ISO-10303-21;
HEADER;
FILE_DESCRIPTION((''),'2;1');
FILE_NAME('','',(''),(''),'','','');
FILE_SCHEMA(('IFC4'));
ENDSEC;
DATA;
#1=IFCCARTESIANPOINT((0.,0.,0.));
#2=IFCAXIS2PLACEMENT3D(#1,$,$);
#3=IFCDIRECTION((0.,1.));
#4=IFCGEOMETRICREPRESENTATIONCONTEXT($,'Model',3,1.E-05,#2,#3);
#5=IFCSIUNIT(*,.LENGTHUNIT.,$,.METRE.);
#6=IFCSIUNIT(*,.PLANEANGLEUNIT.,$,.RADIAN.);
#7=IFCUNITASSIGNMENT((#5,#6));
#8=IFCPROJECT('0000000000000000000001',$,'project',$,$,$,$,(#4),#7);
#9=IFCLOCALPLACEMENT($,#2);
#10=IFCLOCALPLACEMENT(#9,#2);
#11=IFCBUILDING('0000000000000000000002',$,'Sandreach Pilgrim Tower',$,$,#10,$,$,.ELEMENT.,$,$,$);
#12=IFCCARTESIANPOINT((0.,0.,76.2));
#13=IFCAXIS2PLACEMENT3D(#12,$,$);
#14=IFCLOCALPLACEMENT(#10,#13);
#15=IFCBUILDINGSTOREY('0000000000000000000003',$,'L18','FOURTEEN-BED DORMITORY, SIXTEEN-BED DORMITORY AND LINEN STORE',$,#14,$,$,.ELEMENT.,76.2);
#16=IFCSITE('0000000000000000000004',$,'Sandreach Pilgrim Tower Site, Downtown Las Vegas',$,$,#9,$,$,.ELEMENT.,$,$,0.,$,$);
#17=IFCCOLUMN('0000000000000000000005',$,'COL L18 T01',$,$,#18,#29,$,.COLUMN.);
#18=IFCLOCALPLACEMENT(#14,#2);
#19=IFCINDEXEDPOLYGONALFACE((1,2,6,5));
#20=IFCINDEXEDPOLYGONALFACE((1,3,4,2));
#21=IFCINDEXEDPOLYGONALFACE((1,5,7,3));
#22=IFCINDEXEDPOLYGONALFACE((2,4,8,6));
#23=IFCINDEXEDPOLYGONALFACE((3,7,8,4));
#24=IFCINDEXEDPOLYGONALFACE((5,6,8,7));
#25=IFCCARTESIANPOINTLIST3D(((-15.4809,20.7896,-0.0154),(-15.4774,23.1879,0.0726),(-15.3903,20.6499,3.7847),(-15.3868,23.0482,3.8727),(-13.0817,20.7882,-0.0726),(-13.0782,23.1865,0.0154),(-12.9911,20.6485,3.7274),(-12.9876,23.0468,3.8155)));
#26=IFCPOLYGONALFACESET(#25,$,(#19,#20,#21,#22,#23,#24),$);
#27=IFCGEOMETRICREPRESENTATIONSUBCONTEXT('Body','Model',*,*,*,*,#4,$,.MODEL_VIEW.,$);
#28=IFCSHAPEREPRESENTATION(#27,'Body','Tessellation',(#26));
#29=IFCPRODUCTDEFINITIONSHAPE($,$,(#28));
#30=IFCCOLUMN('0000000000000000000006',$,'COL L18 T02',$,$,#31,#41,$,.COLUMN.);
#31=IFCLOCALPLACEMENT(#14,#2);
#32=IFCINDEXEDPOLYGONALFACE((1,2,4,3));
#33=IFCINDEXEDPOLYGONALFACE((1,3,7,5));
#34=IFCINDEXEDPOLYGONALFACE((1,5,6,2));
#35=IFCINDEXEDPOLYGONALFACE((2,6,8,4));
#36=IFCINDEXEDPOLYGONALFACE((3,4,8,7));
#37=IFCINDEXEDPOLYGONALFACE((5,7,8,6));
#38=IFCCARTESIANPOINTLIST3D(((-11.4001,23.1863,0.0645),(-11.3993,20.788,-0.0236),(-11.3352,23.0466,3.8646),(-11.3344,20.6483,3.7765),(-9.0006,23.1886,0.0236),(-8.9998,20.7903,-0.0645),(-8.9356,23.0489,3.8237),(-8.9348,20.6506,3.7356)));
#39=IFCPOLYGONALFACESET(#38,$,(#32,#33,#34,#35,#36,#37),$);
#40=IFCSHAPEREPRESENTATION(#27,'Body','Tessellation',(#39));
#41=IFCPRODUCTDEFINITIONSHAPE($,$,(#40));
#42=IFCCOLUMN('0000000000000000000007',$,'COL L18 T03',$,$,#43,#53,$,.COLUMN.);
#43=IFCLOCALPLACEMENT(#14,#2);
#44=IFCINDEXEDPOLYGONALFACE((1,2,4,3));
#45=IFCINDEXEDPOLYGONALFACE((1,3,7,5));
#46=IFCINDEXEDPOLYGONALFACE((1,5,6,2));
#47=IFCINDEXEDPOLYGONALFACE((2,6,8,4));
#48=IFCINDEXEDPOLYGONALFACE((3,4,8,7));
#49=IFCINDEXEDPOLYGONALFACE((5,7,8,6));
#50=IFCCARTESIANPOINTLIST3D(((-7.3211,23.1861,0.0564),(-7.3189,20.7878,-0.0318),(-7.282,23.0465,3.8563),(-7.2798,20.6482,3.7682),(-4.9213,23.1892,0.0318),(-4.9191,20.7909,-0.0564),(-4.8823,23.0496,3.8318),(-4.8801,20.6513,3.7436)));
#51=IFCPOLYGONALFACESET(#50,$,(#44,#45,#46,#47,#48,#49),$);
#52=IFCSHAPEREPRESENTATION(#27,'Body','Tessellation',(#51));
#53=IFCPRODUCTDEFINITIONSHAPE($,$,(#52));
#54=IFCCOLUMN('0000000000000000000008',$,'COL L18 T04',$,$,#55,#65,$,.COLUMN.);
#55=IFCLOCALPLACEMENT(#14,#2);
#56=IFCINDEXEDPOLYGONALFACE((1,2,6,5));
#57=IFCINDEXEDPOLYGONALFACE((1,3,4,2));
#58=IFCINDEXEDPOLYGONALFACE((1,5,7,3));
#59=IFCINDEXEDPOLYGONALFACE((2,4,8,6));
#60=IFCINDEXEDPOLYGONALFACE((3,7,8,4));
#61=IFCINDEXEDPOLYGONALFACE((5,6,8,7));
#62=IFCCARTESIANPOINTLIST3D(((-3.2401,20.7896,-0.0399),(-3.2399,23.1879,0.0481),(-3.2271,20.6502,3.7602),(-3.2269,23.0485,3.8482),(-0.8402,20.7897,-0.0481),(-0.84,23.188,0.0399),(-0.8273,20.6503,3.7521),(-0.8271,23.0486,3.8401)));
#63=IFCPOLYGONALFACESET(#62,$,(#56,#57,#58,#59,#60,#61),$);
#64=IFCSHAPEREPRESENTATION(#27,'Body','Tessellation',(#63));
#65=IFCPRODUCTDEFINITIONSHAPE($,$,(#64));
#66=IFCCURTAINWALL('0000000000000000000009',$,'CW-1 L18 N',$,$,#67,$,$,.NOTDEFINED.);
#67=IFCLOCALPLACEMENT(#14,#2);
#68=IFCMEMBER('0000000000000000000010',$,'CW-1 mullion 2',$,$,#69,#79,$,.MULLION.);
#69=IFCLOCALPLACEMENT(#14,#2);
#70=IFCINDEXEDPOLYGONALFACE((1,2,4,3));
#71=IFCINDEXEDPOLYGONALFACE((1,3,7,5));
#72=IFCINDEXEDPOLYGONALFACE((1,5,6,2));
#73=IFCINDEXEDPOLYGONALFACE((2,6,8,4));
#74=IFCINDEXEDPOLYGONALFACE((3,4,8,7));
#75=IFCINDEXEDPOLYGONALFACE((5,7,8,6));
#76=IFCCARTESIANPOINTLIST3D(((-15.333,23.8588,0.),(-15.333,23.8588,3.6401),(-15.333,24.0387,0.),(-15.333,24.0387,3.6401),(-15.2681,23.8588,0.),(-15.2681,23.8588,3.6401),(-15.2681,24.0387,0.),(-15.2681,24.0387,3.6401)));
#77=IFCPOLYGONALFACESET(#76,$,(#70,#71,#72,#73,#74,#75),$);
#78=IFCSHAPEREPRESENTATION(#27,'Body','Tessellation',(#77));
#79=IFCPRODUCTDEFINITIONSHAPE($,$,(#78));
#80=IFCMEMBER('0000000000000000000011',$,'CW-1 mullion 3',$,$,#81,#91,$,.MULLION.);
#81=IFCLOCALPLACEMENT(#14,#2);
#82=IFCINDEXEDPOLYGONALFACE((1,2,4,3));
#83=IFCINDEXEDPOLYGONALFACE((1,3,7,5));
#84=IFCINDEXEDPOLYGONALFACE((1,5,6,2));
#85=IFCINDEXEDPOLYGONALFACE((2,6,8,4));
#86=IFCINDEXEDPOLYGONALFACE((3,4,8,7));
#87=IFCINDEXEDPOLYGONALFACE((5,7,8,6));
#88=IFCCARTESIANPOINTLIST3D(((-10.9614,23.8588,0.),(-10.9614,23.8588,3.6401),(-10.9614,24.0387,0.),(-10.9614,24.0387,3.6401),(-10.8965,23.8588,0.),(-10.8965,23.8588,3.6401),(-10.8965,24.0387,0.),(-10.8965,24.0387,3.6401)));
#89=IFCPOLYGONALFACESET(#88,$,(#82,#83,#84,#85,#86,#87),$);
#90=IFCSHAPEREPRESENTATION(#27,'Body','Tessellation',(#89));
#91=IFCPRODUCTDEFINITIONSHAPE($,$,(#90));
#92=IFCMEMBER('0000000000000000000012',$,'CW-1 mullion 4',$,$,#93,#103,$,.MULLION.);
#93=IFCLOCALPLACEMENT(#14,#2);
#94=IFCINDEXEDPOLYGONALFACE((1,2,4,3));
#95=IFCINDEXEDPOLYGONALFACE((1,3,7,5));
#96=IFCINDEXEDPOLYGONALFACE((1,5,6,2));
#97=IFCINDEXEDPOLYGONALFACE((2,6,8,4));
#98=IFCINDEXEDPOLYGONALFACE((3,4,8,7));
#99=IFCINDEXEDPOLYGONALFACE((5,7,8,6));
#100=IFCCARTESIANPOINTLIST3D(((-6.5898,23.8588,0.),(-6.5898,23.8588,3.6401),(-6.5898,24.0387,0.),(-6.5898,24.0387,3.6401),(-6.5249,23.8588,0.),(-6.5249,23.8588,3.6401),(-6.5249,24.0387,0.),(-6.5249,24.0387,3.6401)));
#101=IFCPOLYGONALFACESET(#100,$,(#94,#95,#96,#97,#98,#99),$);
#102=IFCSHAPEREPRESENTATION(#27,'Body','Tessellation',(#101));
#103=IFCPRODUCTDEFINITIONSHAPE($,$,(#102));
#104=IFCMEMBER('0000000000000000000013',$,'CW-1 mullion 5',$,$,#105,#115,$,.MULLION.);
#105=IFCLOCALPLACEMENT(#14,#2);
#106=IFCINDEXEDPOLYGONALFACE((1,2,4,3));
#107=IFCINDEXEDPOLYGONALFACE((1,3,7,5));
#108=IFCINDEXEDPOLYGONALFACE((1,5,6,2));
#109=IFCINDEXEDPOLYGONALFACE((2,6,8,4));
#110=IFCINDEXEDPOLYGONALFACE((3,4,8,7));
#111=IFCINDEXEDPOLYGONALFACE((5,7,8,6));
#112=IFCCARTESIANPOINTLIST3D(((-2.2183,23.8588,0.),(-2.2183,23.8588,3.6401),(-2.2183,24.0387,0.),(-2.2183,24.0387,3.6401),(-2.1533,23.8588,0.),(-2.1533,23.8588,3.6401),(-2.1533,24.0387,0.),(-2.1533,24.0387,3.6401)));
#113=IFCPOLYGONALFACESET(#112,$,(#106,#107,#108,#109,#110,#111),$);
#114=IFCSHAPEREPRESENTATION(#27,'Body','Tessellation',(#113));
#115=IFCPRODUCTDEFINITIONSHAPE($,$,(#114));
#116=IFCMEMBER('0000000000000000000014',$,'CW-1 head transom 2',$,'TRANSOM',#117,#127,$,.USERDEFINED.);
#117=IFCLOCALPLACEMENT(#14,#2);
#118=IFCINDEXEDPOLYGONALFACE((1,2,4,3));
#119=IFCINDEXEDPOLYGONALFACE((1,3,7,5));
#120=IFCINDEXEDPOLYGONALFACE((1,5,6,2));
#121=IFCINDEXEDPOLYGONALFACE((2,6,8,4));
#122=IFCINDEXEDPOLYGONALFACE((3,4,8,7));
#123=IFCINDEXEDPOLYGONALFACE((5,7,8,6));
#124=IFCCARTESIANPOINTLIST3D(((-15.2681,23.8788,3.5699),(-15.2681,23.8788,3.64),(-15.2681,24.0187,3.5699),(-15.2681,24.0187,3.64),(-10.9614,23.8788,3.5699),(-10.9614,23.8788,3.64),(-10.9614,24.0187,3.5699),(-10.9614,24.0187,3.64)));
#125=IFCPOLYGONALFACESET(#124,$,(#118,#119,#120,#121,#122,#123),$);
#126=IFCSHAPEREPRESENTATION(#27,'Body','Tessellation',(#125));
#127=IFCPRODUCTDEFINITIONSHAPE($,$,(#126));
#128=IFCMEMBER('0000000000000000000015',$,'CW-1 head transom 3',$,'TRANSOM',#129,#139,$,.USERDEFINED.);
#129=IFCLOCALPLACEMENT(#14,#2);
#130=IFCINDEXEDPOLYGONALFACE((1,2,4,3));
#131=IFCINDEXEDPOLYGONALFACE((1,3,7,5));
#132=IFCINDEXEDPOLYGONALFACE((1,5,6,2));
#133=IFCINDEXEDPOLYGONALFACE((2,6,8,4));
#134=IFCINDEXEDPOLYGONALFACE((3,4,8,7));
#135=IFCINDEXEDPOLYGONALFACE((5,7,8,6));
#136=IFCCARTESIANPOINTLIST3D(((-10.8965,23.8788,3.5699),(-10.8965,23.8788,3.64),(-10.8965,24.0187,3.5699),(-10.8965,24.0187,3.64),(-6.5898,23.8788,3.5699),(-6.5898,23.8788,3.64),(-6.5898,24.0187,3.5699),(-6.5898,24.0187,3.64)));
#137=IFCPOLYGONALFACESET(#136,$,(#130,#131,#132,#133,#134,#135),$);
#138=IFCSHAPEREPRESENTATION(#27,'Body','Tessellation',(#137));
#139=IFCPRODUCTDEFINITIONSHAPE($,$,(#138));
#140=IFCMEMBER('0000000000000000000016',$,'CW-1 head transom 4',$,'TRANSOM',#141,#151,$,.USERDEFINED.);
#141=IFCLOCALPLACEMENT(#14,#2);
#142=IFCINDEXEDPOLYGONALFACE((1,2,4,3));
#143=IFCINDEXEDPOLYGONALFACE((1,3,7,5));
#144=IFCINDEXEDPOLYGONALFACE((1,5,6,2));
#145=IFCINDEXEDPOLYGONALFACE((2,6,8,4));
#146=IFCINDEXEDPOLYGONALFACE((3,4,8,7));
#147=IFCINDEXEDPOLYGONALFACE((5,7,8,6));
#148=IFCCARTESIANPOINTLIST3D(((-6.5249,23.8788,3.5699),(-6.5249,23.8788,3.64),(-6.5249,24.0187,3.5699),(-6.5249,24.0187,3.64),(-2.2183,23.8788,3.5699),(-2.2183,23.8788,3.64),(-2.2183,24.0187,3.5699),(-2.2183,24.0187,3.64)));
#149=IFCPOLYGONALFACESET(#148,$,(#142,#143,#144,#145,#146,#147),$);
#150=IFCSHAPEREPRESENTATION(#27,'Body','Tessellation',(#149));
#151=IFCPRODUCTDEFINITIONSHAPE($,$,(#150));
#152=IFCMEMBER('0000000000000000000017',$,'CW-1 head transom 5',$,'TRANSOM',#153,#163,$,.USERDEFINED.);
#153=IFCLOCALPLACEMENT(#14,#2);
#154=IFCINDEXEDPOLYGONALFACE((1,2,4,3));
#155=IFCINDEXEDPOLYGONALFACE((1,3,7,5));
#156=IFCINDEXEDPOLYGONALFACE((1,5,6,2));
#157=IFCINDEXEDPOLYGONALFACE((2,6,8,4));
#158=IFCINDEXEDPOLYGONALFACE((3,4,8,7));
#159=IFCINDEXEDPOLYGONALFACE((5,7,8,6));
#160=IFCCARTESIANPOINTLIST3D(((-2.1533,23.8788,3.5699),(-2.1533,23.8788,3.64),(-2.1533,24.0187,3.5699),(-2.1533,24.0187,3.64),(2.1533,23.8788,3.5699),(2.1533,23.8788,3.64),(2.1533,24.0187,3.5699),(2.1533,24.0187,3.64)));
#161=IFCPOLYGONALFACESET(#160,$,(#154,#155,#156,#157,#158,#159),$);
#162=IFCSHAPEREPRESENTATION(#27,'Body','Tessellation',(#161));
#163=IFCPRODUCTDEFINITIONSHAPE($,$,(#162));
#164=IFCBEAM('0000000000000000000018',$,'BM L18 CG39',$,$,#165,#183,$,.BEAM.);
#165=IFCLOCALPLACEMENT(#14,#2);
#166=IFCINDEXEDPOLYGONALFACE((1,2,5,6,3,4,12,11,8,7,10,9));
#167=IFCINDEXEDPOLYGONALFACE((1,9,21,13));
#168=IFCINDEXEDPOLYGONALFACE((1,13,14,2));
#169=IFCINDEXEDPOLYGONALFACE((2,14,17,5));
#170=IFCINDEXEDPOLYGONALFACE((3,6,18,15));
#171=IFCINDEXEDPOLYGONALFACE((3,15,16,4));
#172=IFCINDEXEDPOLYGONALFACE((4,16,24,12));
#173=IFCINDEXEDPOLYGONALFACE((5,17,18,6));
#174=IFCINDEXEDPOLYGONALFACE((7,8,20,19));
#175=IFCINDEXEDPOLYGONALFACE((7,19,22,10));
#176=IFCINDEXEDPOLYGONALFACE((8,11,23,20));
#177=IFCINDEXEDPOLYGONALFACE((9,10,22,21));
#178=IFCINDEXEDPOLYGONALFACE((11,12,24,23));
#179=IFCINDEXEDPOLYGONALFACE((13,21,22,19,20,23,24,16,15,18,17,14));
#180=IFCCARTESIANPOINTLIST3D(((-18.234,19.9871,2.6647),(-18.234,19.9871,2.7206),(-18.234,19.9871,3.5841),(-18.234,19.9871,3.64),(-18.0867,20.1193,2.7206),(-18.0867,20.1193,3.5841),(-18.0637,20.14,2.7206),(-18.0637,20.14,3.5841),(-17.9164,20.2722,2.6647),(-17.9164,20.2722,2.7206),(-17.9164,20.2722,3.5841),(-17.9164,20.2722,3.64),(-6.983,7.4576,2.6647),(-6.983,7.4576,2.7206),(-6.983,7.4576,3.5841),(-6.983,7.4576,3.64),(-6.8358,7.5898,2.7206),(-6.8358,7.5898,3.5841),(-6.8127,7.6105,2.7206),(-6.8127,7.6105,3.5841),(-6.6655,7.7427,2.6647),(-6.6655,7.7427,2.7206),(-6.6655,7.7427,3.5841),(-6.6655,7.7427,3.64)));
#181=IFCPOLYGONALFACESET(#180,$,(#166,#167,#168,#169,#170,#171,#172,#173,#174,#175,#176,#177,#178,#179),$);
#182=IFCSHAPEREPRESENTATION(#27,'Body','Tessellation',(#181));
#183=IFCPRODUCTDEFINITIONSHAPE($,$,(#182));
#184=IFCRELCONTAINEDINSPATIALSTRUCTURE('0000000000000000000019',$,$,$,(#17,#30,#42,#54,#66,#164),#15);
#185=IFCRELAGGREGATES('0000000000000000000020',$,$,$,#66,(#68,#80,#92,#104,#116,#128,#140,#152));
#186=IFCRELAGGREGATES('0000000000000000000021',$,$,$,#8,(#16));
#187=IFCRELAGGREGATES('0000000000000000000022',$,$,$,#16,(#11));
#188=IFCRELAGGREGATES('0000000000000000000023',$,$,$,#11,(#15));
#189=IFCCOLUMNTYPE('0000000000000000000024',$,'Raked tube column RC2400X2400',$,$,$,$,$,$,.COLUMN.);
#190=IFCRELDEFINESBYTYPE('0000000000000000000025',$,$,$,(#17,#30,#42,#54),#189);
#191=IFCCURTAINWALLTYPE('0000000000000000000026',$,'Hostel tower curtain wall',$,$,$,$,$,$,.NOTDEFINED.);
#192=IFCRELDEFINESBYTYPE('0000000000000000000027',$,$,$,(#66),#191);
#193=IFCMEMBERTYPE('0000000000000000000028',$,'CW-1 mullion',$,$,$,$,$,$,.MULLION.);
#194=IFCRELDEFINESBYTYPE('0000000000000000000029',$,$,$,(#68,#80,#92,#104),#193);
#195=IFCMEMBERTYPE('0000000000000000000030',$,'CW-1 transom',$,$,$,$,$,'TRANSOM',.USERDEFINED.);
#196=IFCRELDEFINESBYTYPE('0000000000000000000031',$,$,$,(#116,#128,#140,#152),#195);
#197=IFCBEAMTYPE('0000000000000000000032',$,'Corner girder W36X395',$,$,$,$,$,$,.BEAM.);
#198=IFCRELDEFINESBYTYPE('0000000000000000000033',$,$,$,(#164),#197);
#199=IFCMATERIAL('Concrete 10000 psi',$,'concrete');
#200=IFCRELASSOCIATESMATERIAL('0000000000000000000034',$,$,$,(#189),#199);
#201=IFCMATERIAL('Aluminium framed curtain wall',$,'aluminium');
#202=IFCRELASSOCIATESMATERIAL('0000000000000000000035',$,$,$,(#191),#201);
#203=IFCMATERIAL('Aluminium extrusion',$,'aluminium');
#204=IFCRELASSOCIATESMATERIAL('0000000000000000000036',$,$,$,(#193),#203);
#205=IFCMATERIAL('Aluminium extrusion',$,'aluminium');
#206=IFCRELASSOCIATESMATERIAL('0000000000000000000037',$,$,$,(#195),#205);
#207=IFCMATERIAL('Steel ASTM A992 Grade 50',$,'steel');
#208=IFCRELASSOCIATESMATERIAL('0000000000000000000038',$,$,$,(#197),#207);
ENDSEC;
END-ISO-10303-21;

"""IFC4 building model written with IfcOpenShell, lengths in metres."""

from ifc_helpers import new_model, si_unit, direction, frame, origin, origin_2d, place, context, subcontext, project, spatial, rectangle, i_section, extrude, material, material_profile, profile_set, type_object, element, aggregate, save


model = new_model("IFC4")

# Units and contexts
model_context = context("Model", 3, precision=1e-05, world=origin(), true_north=direction((0.0, 1.0)))
body_context = subcontext(model_context, "Body", "Model", "MODEL_VIEW")
ifc_project = project(units=[si_unit("LENGTHUNIT", "METRE"), si_unit("PLANEANGLEUNIT", "RADIAN")], contexts=[model_context])

# Site, building, storey
site_placement = place(None, origin())
site = spatial("IfcSite", under=ifc_project, at=site_placement, Name="Sandreach Pilgrim Tower Site, Downtown Las Vegas", CompositionType="ELEMENT", RefElevation=0.0)
building_placement = place(site_placement, origin())
building = spatial("IfcBuilding", under=site, at=building_placement, Name="Sandreach Pilgrim Tower", CompositionType="ELEMENT")
storey_placement = place(building_placement, frame((0.0, 0.0, 76.2)))
storey = spatial("IfcBuildingStorey", under=building, at=storey_placement, Name="L18", Description="FOURTEEN-BED DORMITORY, SIXTEEN-BED DORMITORY AND LINEN STORE", CompositionType="ELEMENT", Elevation=76.2)

# Columns
ifc_material_1 = material(Name="Concrete 10000 psi", Category="concrete")
ifc_material_profile_1 = material_profile(ifc_material_1, rectangle(XDim=2.3999, YDim=2.3999, at=origin_2d()), Name="RC2400X2400")
ifc_profile_set_1 = profile_set([ifc_material_profile_1], Name="Concrete 10000 psi")
column_type = type_object("IfcColumnType", Name="Raked tube column RC2400X2400", PredefinedType="COLUMN", material=ifc_profile_set_1)
column_1_placement = place(storey_placement, frame((-14.2795, 21.988, 0.0), z_axis=(0.023813, -0.036714, 0.999042), x_axis=(0.001458, 0.999326, 0.03669)))
element("IfcColumn", 1, at=column_1_placement, inside=storey, type_object=column_type, Name="COL L18 T01", PredefinedType="COLUMN", context=body_context, shape_type="SweptSolid", body=[
    extrude(rectangle(XDim=2.3999, YDim=2.3999, at=origin_2d()), origin(), (0.0, 0.0, 1.0), 3.8037),
])
column_2_placement = place(storey_placement, frame((-10.2, 21.9883, 0.0), z_axis=(0.017076, -0.036719, 0.99918), x_axis=(-0.000325, 0.999325, 0.03673)))
element("IfcColumn", 2, at=column_2_placement, inside=storey, type_object=column_type, Name="COL L18 T02", PredefinedType="COLUMN", context=body_context, shape_type="SweptSolid", body=[
    extrude(rectangle(XDim=2.3999, YDim=2.3999, at=origin_2d()), origin(), (0.0, 0.0, 1.0), 3.8032),
])
for number, where, z_axis, x_axis, name in (
    (3, (-6.1201, 21.9885, 0.0), (0.010272, -0.036722, 0.999273), (-0.000916, 0.999325, 0.036734), "COL L18 T03"),
    (4, (-2.04, 21.9888, 0.0), (0.003403, -0.03666, 0.999322), (0.000081, 0.999328, 0.03666), "COL L18 T04"),
):
    element("IfcColumn", number, at=place(storey_placement, frame(where, z_axis=z_axis, x_axis=x_axis)), inside=storey, type_object=column_type, Name=name, PredefinedType="COLUMN", context=body_context, shape_type="SweptSolid", body=[
        extrude(rectangle(XDim=2.3999, YDim=2.3999, at=origin_2d()), origin(), (0.0, 0.0, 1.0), 3.8027),
    ])

# Curtain wall, members
ifc_material_2 = material(Name="Aluminium framed curtain wall", Category="aluminium")
curtain_wall_type = type_object("IfcCurtainWallType", Name="Hostel tower curtain wall", PredefinedType="NOTDEFINED", material=ifc_material_2)
curtain_wall_placement = place(storey_placement, origin())
curtain_wall = element("IfcCurtainWall", 5, at=curtain_wall_placement, inside=storey, type_object=curtain_wall_type, Name="CW-1 L18 N", PredefinedType="NOTDEFINED")
ifc_material_3 = material(Name="Aluminium extrusion", Category="aluminium")
ifc_material_profile_2 = material_profile(ifc_material_3, rectangle(XDim=0.0649, YDim=0.1799, at=origin_2d()), Name="CW-1M 65X180")
ifc_profile_set_2 = profile_set([ifc_material_profile_2], Name="Aluminium extrusion")
member_type_1 = type_object("IfcMemberType", Name="CW-1 mullion", PredefinedType="MULLION", material=ifc_profile_set_2)
member_1_placement = place(storey_placement, frame((-15.3005, 23.9487, 0.0), z_axis=(0.0, 0.0, 1.0), x_axis=(1.0, 0.0, 0.0)))
member_1 = element("IfcMember", 6, at=member_1_placement, type_object=member_type_1, Name="CW-1 mullion 2", PredefinedType="MULLION", context=body_context, shape_type="SweptSolid", body=[
    extrude(rectangle(XDim=0.0649, YDim=0.1799, at=origin_2d()), origin(), (0.0, 0.0, 1.0), 3.6401),
])
member_2_placement = place(storey_placement, frame((-10.929, 23.9487, 0.0), z_axis=(0.0, 0.0, 1.0), x_axis=(1.0, 0.0, 0.0)))
member_2 = element("IfcMember", 7, at=member_2_placement, type_object=member_type_1, Name="CW-1 mullion 3", PredefinedType="MULLION", context=body_context, shape_type="SweptSolid", body=[
    extrude(rectangle(XDim=0.0649, YDim=0.1799, at=origin_2d()), origin(), (0.0, 0.0, 1.0), 3.6401),
])
member_3_placement = place(storey_placement, frame((-6.5574, 23.9487, 0.0), z_axis=(0.0, 0.0, 1.0), x_axis=(1.0, 0.0, 0.0)))
member_3 = element("IfcMember", 8, at=member_3_placement, type_object=member_type_1, Name="CW-1 mullion 4", PredefinedType="MULLION", context=body_context, shape_type="SweptSolid", body=[
    extrude(rectangle(XDim=0.0649, YDim=0.1799, at=origin_2d()), origin(), (0.0, 0.0, 1.0), 3.6401),
])
member_4_placement = place(storey_placement, frame((-2.1858, 23.9487, 0.0), z_axis=(0.0, 0.0, 1.0), x_axis=(1.0, 0.0, 0.0)))
member_4 = element("IfcMember", 9, at=member_4_placement, type_object=member_type_1, Name="CW-1 mullion 5", PredefinedType="MULLION", context=body_context, shape_type="SweptSolid", body=[
    extrude(rectangle(XDim=0.0649, YDim=0.1799, at=origin_2d()), origin(), (0.0, 0.0, 1.0), 3.6401),
])
ifc_material_4 = material(Name="Aluminium extrusion", Category="aluminium")
ifc_material_profile_3 = material_profile(ifc_material_4, rectangle(XDim=0.1399, YDim=0.0701, at=origin_2d()), Name="CW-1T 140X70")
ifc_profile_set_3 = profile_set([ifc_material_profile_3], Name="Aluminium extrusion")
member_type_2 = type_object("IfcMemberType", Name="CW-1 transom", ElementType="TRANSOM", PredefinedType="USERDEFINED", material=ifc_profile_set_3)
member_5_placement = place(storey_placement, frame((-15.2681, 23.9487, 3.605), z_axis=(1.0, 0.0, 0.0), x_axis=(0.0, 1.0, 0.0)))
member_5 = element("IfcMember", 10, at=member_5_placement, type_object=member_type_2, Name="CW-1 head transom 2", ObjectType="TRANSOM", PredefinedType="USERDEFINED", context=body_context, shape_type="SweptSolid", body=[
    extrude(rectangle(XDim=0.1399, YDim=0.0701, at=origin_2d()), origin(), (0.0, 0.0, 1.0), 4.3066),
])
member_6_placement = place(storey_placement, frame((-10.8965, 23.9487, 3.605), z_axis=(1.0, 0.0, 0.0), x_axis=(0.0, 1.0, 0.0)))
member_6 = element("IfcMember", 11, at=member_6_placement, type_object=member_type_2, Name="CW-1 head transom 3", ObjectType="TRANSOM", PredefinedType="USERDEFINED", context=body_context, shape_type="SweptSolid", body=[
    extrude(rectangle(XDim=0.1399, YDim=0.0701, at=origin_2d()), origin(), (0.0, 0.0, 1.0), 4.3066),
])
member_7_placement = place(storey_placement, frame((-6.5249, 23.9487, 3.605), z_axis=(1.0, 0.0, 0.0), x_axis=(0.0, 1.0, 0.0)))
member_7 = element("IfcMember", 12, at=member_7_placement, type_object=member_type_2, Name="CW-1 head transom 4", ObjectType="TRANSOM", PredefinedType="USERDEFINED", context=body_context, shape_type="SweptSolid", body=[
    extrude(rectangle(XDim=0.1399, YDim=0.0701, at=origin_2d()), origin(), (0.0, 0.0, 1.0), 4.3066),
])
member_8_placement = place(storey_placement, frame((-2.1533, 23.9487, 3.605), z_axis=(1.0, 0.0, 0.0), x_axis=(0.0, 1.0, 0.0)))
member_8 = element("IfcMember", 13, at=member_8_placement, type_object=member_type_2, Name="CW-1 head transom 5", ObjectType="TRANSOM", PredefinedType="USERDEFINED", context=body_context, shape_type="SweptSolid", body=[
    extrude(rectangle(XDim=0.1399, YDim=0.0701, at=origin_2d()), origin(), (0.0, 0.0, 1.0), 4.3066),
])

# Beam
ifc_material_5 = material(Name="Steel ASTM A992 Grade 50", Category="steel")
ifc_material_profile_4 = material_profile(ifc_material_5, i_section(OverallWidth=0.4268, OverallDepth=0.9753, WebThickness=0.031, FlangeThickness=0.0559, at=origin_2d()), Name="W36X395")
ifc_profile_set_4 = profile_set([ifc_material_profile_4], Name="Steel ASTM A992 Grade 50")
beam_type_1 = type_object("IfcBeamType", Name="Corner girder W36X395", PredefinedType="BEAM", material=ifc_profile_set_4)
beam_1_placement = place(storey_placement, frame((-18.0752, 20.1296, 3.1523), z_axis=(0.668124, -0.74405, 0.0), x_axis=(0.74405, 0.668124, 0.0)))
element("IfcBeam", 14, at=beam_1_placement, inside=storey, type_object=beam_type_1, Name="BM L18 CG39", PredefinedType="BEAM", context=body_context, shape_type="SweptSolid", body=[
    extrude(i_section(OverallWidth=0.4268, OverallDepth=0.9753, WebThickness=0.031, FlangeThickness=0.0559, at=origin_2d()), origin(), (0.0, 0.0, 1.0), 16.8396),
])

aggregate(curtain_wall, [member_1, member_2, member_3, member_4, member_5, member_6, member_7, member_8])

save(model, "model.ifc")
